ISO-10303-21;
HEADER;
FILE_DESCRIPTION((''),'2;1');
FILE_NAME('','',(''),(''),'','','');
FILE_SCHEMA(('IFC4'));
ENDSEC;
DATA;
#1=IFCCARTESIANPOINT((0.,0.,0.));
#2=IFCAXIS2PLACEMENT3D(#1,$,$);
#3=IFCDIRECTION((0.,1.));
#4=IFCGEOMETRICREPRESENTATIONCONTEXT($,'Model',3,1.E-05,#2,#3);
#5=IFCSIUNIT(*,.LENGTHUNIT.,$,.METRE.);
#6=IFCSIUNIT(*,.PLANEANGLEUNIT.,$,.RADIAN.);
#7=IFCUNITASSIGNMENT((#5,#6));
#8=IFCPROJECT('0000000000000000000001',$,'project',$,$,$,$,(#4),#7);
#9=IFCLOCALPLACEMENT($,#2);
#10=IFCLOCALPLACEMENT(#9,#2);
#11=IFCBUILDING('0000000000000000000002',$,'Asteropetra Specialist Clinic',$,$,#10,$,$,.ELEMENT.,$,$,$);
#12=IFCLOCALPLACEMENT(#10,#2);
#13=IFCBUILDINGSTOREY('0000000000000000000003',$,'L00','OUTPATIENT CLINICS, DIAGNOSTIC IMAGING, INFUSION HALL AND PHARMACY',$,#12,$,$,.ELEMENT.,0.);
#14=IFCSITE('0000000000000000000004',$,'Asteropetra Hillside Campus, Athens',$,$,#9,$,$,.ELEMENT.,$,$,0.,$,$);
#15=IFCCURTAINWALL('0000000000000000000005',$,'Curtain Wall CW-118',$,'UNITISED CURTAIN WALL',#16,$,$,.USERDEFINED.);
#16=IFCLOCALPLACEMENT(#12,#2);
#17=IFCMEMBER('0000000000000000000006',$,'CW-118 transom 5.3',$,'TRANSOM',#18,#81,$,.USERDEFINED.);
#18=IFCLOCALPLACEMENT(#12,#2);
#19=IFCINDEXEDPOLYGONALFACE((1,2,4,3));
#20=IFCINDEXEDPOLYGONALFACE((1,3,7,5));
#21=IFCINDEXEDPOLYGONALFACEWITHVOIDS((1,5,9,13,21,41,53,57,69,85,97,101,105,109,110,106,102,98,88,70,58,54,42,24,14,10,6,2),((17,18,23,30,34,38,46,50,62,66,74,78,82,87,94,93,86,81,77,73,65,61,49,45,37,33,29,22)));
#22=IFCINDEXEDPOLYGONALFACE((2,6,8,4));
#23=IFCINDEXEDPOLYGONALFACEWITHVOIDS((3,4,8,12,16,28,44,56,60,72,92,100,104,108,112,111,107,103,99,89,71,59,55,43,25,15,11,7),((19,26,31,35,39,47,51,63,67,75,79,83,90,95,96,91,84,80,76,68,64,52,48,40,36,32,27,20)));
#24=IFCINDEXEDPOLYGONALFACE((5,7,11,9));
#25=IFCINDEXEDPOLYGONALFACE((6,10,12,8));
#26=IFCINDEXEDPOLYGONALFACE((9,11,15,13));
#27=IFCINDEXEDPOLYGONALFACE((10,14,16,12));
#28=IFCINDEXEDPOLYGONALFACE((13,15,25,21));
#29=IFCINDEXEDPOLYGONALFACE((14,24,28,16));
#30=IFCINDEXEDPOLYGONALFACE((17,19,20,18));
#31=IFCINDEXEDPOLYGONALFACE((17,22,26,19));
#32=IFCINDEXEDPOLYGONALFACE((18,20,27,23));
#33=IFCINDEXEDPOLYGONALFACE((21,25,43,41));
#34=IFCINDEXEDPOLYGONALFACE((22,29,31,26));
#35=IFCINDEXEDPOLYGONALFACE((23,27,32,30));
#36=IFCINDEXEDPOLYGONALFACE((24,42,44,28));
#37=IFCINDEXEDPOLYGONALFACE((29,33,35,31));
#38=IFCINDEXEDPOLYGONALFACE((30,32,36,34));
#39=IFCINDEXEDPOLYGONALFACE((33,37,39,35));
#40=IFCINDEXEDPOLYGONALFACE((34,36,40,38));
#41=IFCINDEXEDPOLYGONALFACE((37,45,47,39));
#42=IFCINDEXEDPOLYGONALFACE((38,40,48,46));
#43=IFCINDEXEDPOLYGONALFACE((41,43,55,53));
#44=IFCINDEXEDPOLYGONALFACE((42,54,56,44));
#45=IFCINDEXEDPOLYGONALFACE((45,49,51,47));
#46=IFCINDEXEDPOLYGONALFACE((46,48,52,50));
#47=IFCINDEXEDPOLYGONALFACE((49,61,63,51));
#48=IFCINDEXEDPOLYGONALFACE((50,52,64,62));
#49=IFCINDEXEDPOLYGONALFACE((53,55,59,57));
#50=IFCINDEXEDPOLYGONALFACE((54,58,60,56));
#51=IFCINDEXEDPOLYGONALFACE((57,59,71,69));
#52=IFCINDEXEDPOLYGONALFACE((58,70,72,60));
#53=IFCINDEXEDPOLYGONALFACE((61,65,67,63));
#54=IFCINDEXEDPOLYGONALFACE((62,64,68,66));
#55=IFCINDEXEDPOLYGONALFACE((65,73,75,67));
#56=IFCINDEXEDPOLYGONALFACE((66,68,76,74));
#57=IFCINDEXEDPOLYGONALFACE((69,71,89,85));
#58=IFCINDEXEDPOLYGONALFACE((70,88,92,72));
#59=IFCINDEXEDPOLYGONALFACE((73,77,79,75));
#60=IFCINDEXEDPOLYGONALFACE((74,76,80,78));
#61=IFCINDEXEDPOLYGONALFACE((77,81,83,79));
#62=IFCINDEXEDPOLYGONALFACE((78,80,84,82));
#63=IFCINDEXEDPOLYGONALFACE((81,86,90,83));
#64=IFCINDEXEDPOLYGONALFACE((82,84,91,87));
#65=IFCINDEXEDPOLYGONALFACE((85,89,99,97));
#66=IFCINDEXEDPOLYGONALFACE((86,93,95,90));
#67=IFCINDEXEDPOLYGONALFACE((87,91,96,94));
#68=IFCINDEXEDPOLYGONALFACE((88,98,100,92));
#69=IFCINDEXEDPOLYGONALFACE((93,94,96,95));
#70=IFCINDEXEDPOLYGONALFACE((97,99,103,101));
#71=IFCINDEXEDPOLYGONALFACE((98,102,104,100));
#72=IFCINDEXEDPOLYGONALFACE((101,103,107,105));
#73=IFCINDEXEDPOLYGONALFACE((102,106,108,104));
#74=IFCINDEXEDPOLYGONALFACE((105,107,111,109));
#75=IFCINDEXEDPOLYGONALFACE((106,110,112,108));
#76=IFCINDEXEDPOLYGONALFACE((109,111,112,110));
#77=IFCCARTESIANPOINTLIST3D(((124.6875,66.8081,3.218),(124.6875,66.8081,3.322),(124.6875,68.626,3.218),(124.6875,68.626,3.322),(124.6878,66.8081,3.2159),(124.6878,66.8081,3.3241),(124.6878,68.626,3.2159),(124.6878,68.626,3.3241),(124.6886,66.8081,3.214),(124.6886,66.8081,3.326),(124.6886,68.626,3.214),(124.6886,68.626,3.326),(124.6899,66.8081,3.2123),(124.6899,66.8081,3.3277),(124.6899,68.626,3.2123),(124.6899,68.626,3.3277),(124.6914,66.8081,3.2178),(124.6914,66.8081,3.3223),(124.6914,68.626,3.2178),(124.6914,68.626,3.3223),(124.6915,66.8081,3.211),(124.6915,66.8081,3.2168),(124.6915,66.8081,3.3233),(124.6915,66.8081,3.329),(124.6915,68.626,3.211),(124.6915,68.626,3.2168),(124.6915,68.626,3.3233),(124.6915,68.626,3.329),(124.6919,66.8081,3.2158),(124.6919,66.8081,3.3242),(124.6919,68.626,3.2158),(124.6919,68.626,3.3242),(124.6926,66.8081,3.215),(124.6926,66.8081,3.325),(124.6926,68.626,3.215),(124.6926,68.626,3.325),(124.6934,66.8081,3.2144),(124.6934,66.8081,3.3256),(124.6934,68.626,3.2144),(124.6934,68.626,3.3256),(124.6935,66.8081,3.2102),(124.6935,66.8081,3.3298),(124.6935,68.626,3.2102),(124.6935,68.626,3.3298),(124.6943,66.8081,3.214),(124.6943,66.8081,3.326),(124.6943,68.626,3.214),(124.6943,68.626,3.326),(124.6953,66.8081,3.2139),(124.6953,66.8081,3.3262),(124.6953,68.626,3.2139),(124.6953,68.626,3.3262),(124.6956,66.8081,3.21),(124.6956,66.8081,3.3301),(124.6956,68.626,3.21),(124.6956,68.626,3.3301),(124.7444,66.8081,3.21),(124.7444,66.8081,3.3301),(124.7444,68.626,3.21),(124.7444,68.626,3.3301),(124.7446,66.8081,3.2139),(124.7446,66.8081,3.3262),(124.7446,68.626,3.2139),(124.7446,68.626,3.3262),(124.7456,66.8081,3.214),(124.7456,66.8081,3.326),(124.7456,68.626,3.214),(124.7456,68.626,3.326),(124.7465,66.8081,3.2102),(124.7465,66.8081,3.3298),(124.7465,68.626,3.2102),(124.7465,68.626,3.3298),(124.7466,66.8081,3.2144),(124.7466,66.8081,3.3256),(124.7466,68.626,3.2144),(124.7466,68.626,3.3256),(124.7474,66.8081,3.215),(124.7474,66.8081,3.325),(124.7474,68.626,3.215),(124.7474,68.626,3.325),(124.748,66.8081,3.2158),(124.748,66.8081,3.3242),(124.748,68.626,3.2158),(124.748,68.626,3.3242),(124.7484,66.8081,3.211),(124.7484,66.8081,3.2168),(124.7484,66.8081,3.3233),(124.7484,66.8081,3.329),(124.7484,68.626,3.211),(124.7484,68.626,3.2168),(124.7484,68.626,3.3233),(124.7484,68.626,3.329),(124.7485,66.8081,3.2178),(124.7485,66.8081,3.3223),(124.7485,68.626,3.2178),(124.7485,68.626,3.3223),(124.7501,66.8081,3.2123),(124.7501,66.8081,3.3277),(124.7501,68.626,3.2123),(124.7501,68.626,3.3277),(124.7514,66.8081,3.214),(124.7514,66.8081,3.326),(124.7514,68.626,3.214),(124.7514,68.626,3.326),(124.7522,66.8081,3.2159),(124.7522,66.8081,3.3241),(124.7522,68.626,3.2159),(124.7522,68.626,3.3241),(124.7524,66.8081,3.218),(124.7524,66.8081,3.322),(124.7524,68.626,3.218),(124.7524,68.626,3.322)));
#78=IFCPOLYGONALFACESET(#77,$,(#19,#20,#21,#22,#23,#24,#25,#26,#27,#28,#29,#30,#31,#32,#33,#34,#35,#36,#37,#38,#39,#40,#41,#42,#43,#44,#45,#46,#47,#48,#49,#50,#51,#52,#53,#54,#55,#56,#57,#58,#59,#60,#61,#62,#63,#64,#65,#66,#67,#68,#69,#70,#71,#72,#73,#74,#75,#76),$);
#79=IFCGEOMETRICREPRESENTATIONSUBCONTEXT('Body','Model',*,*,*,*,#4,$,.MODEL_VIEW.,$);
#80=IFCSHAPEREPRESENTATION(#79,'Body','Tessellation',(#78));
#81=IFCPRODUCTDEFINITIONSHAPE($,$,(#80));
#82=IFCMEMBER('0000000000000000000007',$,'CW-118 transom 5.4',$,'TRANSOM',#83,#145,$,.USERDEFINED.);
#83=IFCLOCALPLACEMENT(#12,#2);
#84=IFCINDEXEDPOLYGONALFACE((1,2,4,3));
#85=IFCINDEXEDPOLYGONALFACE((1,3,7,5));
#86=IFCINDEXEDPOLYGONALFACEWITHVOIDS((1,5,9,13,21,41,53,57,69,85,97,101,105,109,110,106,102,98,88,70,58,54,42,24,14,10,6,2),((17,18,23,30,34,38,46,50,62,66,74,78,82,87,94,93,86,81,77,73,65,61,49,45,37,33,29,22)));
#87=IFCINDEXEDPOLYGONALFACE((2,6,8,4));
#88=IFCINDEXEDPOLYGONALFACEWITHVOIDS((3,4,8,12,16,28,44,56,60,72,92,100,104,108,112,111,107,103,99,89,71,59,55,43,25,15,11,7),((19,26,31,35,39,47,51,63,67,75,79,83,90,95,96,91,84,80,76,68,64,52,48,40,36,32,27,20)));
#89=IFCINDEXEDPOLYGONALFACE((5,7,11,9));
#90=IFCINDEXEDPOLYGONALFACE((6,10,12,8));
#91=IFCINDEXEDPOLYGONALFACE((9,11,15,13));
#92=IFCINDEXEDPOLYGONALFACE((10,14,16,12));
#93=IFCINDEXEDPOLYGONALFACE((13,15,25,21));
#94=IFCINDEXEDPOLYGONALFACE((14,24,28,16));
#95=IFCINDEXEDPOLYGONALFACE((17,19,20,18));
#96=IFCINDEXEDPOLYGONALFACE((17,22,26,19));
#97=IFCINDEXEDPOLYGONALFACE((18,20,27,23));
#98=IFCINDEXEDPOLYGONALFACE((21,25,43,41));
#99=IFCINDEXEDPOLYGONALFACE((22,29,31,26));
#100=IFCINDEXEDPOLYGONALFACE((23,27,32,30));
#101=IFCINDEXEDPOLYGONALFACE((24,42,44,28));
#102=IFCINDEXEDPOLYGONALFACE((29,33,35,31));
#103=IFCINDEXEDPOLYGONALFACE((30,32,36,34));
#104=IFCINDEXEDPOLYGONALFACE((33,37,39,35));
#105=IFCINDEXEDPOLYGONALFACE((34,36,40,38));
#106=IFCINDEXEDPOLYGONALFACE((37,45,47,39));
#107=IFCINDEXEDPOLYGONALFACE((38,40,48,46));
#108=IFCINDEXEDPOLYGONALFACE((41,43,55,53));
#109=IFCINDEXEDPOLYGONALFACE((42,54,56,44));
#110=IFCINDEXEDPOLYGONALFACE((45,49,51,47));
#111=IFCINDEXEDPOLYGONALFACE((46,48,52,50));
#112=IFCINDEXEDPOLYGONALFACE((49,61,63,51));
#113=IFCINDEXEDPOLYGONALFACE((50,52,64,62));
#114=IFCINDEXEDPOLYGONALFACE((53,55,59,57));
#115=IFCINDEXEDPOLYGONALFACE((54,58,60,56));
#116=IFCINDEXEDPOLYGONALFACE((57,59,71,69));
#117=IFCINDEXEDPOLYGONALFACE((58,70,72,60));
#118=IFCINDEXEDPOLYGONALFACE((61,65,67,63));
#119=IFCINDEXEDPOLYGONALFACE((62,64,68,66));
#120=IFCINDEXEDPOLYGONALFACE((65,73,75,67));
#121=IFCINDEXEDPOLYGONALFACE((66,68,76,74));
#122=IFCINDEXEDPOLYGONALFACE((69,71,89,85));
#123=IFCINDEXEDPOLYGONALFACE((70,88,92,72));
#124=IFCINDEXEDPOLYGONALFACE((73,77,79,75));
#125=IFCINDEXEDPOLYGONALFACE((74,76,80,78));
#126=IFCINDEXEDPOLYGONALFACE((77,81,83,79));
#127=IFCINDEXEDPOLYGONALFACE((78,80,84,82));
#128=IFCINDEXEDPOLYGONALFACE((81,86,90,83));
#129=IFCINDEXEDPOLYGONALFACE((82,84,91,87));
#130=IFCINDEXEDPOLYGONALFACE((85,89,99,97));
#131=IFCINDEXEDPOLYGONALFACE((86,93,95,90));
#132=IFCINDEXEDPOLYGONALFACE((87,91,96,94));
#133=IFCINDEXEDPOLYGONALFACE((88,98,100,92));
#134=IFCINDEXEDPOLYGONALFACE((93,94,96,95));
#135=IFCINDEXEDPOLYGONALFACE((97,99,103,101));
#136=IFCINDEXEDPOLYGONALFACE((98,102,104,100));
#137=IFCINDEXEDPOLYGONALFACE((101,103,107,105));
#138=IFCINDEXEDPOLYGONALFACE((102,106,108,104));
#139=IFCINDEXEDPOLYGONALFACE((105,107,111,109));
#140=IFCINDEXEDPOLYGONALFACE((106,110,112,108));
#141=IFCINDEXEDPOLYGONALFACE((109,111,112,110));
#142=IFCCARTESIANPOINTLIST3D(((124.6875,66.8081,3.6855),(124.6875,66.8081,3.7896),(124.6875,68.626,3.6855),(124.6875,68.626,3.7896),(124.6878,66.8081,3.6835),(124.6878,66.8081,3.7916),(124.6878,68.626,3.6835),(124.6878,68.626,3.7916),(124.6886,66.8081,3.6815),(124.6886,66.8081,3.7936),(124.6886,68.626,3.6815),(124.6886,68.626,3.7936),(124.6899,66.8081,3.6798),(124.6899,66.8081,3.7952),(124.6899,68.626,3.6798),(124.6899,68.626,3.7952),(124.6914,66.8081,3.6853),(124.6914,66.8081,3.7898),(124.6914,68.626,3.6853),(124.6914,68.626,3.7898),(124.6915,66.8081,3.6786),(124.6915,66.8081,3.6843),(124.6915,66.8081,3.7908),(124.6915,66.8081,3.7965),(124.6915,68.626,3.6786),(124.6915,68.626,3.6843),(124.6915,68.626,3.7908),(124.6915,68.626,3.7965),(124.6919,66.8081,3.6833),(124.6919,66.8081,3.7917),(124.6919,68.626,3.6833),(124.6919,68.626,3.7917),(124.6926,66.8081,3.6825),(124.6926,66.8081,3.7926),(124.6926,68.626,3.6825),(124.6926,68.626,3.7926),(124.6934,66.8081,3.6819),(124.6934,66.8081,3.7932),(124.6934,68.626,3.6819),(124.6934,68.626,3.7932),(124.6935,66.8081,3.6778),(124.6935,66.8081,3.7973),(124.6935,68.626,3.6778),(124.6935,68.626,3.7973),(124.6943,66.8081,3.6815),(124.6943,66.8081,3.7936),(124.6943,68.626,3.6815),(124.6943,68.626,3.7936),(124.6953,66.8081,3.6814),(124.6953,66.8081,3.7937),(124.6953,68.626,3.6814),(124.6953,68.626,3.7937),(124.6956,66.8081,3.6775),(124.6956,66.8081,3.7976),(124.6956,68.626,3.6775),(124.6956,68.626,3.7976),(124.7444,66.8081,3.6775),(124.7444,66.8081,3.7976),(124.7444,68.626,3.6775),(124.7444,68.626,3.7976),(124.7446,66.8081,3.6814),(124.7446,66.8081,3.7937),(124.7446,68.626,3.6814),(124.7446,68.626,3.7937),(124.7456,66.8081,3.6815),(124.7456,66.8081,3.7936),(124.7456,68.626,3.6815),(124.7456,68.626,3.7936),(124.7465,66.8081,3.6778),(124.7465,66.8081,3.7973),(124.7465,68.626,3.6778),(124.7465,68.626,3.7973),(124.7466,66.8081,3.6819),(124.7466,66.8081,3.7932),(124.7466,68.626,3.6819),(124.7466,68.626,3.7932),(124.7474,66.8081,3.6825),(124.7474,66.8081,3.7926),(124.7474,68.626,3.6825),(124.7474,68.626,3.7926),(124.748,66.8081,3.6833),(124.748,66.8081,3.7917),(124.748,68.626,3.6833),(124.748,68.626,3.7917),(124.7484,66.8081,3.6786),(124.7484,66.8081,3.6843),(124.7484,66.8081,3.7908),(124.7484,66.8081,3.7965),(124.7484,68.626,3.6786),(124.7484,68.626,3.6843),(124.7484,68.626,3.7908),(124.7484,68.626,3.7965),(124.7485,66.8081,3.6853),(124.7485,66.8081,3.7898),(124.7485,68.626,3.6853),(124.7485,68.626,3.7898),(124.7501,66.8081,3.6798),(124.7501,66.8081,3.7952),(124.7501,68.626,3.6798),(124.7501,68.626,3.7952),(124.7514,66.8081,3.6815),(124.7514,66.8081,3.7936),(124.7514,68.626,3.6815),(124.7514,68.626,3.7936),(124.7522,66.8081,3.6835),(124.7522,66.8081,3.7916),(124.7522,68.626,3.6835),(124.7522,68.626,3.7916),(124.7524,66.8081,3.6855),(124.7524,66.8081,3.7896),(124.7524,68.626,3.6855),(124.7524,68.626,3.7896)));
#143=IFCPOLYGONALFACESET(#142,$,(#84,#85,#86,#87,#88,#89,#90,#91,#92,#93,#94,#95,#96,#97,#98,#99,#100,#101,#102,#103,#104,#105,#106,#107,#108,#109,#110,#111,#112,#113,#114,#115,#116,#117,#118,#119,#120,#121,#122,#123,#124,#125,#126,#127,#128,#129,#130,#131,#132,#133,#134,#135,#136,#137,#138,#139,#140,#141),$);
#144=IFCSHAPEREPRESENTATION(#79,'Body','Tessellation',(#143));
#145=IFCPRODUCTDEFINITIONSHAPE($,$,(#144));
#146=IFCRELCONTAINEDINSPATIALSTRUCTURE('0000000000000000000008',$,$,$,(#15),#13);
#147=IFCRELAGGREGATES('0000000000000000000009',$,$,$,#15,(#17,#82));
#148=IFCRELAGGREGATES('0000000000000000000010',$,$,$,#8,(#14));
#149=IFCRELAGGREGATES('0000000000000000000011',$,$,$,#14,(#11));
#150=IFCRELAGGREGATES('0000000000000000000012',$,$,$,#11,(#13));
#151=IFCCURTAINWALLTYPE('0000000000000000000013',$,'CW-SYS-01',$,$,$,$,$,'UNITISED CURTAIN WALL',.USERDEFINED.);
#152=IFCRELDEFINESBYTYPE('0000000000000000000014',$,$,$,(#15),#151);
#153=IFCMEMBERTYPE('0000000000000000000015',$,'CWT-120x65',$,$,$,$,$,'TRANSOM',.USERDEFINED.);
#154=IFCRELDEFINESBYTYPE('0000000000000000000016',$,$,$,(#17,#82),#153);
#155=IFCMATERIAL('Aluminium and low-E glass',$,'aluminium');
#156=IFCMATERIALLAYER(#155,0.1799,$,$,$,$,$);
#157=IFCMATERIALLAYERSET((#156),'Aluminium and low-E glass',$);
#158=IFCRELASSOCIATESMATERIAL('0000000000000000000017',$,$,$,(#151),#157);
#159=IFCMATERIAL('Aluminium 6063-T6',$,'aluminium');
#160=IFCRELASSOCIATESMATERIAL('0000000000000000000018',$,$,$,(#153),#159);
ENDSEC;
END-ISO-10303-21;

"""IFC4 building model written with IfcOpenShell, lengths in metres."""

from ifc_helpers import new_model, si_unit, direction, frame, origin, origin_2d, place, context, subcontext, project, spatial, hollow_rectangle, extrude, material, layer, layer_set, material_profile, profile_set, type_object, element, aggregate, save


model = new_model("IFC4")

# Units and contexts
model_context = context("Model", 3, precision=1e-05, world=origin(), true_north=direction((0.0, 1.0)))
body_context = subcontext(model_context, "Body", "Model", "MODEL_VIEW")
ifc_project = project(units=[si_unit("LENGTHUNIT", "METRE"), si_unit("PLANEANGLEUNIT", "RADIAN")], contexts=[model_context])

# Site, building, storey
site_placement = place(None, origin())
site = spatial("IfcSite", under=ifc_project, at=site_placement, Name="Asteropetra Hillside Campus, Athens", CompositionType="ELEMENT", RefElevation=0.0)
building_placement = place(site_placement, origin())
building = spatial("IfcBuilding", under=site, at=building_placement, Name="Asteropetra Specialist Clinic", CompositionType="ELEMENT")
storey_placement = place(building_placement, origin())
storey = spatial("IfcBuildingStorey", under=building, at=storey_placement, Name="L00", Description="OUTPATIENT CLINICS, DIAGNOSTIC IMAGING, INFUSION HALL AND PHARMACY", CompositionType="ELEMENT", Elevation=0.0)

# Curtain wall, members
ifc_material_1 = material(Name="Aluminium and low-E glass", Category="aluminium")
ifc_layer_1 = layer(ifc_material_1, 0.1799)
ifc_layer_set_1 = layer_set([ifc_layer_1], Name="Aluminium and low-E glass")
curtain_wall_type_1 = type_object("IfcCurtainWallType", Name="CW-SYS-01", ElementType="UNITISED CURTAIN WALL", PredefinedType="USERDEFINED", material=ifc_layer_set_1)
curtain_wall_1_placement = place(storey_placement, origin())
curtain_wall_1 = element("IfcCurtainWall", 1, at=curtain_wall_1_placement, inside=storey, type_object=curtain_wall_type_1, Name="Curtain Wall CW-118", ObjectType="UNITISED CURTAIN WALL", PredefinedType="USERDEFINED")
ifc_material_2 = material(Name="Aluminium 6063-T6", Category="aluminium")
ifc_material_profile_1 = material_profile(ifc_material_2, hollow_rectangle(XDim=0.0649, YDim=0.1201, WallThickness=0.0039, InnerFilletRadius=0.0039, OuterFilletRadius=0.0081, at=origin_2d()), Name="TRN 120x65x4.0")
ifc_profile_set_1 = profile_set([ifc_material_profile_1], Name="Aluminium 6063-T6")
member_type_1 = type_object("IfcMemberType", Name="CWT-120x65", ElementType="TRANSOM", PredefinedType="USERDEFINED", material=ifc_profile_set_1)
member_1_placement = place(storey_placement, frame((124.72, 68.626, 3.27), z_axis=(0.0, -1.0, 0.0), x_axis=(1.0, 0.0, 0.0)))
member_1 = element("IfcMember", 2, at=member_1_placement, type_object=member_type_1, Name="CW-118 transom 5.3", ObjectType="TRANSOM", PredefinedType="USERDEFINED", context=body_context, shape_type="SweptSolid", body=[
    extrude(hollow_rectangle(XDim=0.0649, YDim=0.1201, WallThickness=0.0039, InnerFilletRadius=0.0039, OuterFilletRadius=0.0081, at=origin_2d()), origin(), (0.0, 0.0, 1.0), 1.8179),
])
member_2_placement = place(storey_placement, frame((124.72, 68.626, 3.7375), z_axis=(0.0, -1.0, 0.0), x_axis=(1.0, 0.0, 0.0)))
member_2 = element("IfcMember", 3, at=member_2_placement, type_object=member_type_1, Name="CW-118 transom 5.4", ObjectType="TRANSOM", PredefinedType="USERDEFINED", context=body_context, shape_type="SweptSolid", body=[
    extrude(hollow_rectangle(XDim=0.0649, YDim=0.1201, WallThickness=0.0039, InnerFilletRadius=0.0039, OuterFilletRadius=0.0081, at=origin_2d()), origin(), (0.0, 0.0, 1.0), 1.8179),
])

aggregate(curtain_wall_1, [member_1, member_2])

save(model, "model.ifc")
